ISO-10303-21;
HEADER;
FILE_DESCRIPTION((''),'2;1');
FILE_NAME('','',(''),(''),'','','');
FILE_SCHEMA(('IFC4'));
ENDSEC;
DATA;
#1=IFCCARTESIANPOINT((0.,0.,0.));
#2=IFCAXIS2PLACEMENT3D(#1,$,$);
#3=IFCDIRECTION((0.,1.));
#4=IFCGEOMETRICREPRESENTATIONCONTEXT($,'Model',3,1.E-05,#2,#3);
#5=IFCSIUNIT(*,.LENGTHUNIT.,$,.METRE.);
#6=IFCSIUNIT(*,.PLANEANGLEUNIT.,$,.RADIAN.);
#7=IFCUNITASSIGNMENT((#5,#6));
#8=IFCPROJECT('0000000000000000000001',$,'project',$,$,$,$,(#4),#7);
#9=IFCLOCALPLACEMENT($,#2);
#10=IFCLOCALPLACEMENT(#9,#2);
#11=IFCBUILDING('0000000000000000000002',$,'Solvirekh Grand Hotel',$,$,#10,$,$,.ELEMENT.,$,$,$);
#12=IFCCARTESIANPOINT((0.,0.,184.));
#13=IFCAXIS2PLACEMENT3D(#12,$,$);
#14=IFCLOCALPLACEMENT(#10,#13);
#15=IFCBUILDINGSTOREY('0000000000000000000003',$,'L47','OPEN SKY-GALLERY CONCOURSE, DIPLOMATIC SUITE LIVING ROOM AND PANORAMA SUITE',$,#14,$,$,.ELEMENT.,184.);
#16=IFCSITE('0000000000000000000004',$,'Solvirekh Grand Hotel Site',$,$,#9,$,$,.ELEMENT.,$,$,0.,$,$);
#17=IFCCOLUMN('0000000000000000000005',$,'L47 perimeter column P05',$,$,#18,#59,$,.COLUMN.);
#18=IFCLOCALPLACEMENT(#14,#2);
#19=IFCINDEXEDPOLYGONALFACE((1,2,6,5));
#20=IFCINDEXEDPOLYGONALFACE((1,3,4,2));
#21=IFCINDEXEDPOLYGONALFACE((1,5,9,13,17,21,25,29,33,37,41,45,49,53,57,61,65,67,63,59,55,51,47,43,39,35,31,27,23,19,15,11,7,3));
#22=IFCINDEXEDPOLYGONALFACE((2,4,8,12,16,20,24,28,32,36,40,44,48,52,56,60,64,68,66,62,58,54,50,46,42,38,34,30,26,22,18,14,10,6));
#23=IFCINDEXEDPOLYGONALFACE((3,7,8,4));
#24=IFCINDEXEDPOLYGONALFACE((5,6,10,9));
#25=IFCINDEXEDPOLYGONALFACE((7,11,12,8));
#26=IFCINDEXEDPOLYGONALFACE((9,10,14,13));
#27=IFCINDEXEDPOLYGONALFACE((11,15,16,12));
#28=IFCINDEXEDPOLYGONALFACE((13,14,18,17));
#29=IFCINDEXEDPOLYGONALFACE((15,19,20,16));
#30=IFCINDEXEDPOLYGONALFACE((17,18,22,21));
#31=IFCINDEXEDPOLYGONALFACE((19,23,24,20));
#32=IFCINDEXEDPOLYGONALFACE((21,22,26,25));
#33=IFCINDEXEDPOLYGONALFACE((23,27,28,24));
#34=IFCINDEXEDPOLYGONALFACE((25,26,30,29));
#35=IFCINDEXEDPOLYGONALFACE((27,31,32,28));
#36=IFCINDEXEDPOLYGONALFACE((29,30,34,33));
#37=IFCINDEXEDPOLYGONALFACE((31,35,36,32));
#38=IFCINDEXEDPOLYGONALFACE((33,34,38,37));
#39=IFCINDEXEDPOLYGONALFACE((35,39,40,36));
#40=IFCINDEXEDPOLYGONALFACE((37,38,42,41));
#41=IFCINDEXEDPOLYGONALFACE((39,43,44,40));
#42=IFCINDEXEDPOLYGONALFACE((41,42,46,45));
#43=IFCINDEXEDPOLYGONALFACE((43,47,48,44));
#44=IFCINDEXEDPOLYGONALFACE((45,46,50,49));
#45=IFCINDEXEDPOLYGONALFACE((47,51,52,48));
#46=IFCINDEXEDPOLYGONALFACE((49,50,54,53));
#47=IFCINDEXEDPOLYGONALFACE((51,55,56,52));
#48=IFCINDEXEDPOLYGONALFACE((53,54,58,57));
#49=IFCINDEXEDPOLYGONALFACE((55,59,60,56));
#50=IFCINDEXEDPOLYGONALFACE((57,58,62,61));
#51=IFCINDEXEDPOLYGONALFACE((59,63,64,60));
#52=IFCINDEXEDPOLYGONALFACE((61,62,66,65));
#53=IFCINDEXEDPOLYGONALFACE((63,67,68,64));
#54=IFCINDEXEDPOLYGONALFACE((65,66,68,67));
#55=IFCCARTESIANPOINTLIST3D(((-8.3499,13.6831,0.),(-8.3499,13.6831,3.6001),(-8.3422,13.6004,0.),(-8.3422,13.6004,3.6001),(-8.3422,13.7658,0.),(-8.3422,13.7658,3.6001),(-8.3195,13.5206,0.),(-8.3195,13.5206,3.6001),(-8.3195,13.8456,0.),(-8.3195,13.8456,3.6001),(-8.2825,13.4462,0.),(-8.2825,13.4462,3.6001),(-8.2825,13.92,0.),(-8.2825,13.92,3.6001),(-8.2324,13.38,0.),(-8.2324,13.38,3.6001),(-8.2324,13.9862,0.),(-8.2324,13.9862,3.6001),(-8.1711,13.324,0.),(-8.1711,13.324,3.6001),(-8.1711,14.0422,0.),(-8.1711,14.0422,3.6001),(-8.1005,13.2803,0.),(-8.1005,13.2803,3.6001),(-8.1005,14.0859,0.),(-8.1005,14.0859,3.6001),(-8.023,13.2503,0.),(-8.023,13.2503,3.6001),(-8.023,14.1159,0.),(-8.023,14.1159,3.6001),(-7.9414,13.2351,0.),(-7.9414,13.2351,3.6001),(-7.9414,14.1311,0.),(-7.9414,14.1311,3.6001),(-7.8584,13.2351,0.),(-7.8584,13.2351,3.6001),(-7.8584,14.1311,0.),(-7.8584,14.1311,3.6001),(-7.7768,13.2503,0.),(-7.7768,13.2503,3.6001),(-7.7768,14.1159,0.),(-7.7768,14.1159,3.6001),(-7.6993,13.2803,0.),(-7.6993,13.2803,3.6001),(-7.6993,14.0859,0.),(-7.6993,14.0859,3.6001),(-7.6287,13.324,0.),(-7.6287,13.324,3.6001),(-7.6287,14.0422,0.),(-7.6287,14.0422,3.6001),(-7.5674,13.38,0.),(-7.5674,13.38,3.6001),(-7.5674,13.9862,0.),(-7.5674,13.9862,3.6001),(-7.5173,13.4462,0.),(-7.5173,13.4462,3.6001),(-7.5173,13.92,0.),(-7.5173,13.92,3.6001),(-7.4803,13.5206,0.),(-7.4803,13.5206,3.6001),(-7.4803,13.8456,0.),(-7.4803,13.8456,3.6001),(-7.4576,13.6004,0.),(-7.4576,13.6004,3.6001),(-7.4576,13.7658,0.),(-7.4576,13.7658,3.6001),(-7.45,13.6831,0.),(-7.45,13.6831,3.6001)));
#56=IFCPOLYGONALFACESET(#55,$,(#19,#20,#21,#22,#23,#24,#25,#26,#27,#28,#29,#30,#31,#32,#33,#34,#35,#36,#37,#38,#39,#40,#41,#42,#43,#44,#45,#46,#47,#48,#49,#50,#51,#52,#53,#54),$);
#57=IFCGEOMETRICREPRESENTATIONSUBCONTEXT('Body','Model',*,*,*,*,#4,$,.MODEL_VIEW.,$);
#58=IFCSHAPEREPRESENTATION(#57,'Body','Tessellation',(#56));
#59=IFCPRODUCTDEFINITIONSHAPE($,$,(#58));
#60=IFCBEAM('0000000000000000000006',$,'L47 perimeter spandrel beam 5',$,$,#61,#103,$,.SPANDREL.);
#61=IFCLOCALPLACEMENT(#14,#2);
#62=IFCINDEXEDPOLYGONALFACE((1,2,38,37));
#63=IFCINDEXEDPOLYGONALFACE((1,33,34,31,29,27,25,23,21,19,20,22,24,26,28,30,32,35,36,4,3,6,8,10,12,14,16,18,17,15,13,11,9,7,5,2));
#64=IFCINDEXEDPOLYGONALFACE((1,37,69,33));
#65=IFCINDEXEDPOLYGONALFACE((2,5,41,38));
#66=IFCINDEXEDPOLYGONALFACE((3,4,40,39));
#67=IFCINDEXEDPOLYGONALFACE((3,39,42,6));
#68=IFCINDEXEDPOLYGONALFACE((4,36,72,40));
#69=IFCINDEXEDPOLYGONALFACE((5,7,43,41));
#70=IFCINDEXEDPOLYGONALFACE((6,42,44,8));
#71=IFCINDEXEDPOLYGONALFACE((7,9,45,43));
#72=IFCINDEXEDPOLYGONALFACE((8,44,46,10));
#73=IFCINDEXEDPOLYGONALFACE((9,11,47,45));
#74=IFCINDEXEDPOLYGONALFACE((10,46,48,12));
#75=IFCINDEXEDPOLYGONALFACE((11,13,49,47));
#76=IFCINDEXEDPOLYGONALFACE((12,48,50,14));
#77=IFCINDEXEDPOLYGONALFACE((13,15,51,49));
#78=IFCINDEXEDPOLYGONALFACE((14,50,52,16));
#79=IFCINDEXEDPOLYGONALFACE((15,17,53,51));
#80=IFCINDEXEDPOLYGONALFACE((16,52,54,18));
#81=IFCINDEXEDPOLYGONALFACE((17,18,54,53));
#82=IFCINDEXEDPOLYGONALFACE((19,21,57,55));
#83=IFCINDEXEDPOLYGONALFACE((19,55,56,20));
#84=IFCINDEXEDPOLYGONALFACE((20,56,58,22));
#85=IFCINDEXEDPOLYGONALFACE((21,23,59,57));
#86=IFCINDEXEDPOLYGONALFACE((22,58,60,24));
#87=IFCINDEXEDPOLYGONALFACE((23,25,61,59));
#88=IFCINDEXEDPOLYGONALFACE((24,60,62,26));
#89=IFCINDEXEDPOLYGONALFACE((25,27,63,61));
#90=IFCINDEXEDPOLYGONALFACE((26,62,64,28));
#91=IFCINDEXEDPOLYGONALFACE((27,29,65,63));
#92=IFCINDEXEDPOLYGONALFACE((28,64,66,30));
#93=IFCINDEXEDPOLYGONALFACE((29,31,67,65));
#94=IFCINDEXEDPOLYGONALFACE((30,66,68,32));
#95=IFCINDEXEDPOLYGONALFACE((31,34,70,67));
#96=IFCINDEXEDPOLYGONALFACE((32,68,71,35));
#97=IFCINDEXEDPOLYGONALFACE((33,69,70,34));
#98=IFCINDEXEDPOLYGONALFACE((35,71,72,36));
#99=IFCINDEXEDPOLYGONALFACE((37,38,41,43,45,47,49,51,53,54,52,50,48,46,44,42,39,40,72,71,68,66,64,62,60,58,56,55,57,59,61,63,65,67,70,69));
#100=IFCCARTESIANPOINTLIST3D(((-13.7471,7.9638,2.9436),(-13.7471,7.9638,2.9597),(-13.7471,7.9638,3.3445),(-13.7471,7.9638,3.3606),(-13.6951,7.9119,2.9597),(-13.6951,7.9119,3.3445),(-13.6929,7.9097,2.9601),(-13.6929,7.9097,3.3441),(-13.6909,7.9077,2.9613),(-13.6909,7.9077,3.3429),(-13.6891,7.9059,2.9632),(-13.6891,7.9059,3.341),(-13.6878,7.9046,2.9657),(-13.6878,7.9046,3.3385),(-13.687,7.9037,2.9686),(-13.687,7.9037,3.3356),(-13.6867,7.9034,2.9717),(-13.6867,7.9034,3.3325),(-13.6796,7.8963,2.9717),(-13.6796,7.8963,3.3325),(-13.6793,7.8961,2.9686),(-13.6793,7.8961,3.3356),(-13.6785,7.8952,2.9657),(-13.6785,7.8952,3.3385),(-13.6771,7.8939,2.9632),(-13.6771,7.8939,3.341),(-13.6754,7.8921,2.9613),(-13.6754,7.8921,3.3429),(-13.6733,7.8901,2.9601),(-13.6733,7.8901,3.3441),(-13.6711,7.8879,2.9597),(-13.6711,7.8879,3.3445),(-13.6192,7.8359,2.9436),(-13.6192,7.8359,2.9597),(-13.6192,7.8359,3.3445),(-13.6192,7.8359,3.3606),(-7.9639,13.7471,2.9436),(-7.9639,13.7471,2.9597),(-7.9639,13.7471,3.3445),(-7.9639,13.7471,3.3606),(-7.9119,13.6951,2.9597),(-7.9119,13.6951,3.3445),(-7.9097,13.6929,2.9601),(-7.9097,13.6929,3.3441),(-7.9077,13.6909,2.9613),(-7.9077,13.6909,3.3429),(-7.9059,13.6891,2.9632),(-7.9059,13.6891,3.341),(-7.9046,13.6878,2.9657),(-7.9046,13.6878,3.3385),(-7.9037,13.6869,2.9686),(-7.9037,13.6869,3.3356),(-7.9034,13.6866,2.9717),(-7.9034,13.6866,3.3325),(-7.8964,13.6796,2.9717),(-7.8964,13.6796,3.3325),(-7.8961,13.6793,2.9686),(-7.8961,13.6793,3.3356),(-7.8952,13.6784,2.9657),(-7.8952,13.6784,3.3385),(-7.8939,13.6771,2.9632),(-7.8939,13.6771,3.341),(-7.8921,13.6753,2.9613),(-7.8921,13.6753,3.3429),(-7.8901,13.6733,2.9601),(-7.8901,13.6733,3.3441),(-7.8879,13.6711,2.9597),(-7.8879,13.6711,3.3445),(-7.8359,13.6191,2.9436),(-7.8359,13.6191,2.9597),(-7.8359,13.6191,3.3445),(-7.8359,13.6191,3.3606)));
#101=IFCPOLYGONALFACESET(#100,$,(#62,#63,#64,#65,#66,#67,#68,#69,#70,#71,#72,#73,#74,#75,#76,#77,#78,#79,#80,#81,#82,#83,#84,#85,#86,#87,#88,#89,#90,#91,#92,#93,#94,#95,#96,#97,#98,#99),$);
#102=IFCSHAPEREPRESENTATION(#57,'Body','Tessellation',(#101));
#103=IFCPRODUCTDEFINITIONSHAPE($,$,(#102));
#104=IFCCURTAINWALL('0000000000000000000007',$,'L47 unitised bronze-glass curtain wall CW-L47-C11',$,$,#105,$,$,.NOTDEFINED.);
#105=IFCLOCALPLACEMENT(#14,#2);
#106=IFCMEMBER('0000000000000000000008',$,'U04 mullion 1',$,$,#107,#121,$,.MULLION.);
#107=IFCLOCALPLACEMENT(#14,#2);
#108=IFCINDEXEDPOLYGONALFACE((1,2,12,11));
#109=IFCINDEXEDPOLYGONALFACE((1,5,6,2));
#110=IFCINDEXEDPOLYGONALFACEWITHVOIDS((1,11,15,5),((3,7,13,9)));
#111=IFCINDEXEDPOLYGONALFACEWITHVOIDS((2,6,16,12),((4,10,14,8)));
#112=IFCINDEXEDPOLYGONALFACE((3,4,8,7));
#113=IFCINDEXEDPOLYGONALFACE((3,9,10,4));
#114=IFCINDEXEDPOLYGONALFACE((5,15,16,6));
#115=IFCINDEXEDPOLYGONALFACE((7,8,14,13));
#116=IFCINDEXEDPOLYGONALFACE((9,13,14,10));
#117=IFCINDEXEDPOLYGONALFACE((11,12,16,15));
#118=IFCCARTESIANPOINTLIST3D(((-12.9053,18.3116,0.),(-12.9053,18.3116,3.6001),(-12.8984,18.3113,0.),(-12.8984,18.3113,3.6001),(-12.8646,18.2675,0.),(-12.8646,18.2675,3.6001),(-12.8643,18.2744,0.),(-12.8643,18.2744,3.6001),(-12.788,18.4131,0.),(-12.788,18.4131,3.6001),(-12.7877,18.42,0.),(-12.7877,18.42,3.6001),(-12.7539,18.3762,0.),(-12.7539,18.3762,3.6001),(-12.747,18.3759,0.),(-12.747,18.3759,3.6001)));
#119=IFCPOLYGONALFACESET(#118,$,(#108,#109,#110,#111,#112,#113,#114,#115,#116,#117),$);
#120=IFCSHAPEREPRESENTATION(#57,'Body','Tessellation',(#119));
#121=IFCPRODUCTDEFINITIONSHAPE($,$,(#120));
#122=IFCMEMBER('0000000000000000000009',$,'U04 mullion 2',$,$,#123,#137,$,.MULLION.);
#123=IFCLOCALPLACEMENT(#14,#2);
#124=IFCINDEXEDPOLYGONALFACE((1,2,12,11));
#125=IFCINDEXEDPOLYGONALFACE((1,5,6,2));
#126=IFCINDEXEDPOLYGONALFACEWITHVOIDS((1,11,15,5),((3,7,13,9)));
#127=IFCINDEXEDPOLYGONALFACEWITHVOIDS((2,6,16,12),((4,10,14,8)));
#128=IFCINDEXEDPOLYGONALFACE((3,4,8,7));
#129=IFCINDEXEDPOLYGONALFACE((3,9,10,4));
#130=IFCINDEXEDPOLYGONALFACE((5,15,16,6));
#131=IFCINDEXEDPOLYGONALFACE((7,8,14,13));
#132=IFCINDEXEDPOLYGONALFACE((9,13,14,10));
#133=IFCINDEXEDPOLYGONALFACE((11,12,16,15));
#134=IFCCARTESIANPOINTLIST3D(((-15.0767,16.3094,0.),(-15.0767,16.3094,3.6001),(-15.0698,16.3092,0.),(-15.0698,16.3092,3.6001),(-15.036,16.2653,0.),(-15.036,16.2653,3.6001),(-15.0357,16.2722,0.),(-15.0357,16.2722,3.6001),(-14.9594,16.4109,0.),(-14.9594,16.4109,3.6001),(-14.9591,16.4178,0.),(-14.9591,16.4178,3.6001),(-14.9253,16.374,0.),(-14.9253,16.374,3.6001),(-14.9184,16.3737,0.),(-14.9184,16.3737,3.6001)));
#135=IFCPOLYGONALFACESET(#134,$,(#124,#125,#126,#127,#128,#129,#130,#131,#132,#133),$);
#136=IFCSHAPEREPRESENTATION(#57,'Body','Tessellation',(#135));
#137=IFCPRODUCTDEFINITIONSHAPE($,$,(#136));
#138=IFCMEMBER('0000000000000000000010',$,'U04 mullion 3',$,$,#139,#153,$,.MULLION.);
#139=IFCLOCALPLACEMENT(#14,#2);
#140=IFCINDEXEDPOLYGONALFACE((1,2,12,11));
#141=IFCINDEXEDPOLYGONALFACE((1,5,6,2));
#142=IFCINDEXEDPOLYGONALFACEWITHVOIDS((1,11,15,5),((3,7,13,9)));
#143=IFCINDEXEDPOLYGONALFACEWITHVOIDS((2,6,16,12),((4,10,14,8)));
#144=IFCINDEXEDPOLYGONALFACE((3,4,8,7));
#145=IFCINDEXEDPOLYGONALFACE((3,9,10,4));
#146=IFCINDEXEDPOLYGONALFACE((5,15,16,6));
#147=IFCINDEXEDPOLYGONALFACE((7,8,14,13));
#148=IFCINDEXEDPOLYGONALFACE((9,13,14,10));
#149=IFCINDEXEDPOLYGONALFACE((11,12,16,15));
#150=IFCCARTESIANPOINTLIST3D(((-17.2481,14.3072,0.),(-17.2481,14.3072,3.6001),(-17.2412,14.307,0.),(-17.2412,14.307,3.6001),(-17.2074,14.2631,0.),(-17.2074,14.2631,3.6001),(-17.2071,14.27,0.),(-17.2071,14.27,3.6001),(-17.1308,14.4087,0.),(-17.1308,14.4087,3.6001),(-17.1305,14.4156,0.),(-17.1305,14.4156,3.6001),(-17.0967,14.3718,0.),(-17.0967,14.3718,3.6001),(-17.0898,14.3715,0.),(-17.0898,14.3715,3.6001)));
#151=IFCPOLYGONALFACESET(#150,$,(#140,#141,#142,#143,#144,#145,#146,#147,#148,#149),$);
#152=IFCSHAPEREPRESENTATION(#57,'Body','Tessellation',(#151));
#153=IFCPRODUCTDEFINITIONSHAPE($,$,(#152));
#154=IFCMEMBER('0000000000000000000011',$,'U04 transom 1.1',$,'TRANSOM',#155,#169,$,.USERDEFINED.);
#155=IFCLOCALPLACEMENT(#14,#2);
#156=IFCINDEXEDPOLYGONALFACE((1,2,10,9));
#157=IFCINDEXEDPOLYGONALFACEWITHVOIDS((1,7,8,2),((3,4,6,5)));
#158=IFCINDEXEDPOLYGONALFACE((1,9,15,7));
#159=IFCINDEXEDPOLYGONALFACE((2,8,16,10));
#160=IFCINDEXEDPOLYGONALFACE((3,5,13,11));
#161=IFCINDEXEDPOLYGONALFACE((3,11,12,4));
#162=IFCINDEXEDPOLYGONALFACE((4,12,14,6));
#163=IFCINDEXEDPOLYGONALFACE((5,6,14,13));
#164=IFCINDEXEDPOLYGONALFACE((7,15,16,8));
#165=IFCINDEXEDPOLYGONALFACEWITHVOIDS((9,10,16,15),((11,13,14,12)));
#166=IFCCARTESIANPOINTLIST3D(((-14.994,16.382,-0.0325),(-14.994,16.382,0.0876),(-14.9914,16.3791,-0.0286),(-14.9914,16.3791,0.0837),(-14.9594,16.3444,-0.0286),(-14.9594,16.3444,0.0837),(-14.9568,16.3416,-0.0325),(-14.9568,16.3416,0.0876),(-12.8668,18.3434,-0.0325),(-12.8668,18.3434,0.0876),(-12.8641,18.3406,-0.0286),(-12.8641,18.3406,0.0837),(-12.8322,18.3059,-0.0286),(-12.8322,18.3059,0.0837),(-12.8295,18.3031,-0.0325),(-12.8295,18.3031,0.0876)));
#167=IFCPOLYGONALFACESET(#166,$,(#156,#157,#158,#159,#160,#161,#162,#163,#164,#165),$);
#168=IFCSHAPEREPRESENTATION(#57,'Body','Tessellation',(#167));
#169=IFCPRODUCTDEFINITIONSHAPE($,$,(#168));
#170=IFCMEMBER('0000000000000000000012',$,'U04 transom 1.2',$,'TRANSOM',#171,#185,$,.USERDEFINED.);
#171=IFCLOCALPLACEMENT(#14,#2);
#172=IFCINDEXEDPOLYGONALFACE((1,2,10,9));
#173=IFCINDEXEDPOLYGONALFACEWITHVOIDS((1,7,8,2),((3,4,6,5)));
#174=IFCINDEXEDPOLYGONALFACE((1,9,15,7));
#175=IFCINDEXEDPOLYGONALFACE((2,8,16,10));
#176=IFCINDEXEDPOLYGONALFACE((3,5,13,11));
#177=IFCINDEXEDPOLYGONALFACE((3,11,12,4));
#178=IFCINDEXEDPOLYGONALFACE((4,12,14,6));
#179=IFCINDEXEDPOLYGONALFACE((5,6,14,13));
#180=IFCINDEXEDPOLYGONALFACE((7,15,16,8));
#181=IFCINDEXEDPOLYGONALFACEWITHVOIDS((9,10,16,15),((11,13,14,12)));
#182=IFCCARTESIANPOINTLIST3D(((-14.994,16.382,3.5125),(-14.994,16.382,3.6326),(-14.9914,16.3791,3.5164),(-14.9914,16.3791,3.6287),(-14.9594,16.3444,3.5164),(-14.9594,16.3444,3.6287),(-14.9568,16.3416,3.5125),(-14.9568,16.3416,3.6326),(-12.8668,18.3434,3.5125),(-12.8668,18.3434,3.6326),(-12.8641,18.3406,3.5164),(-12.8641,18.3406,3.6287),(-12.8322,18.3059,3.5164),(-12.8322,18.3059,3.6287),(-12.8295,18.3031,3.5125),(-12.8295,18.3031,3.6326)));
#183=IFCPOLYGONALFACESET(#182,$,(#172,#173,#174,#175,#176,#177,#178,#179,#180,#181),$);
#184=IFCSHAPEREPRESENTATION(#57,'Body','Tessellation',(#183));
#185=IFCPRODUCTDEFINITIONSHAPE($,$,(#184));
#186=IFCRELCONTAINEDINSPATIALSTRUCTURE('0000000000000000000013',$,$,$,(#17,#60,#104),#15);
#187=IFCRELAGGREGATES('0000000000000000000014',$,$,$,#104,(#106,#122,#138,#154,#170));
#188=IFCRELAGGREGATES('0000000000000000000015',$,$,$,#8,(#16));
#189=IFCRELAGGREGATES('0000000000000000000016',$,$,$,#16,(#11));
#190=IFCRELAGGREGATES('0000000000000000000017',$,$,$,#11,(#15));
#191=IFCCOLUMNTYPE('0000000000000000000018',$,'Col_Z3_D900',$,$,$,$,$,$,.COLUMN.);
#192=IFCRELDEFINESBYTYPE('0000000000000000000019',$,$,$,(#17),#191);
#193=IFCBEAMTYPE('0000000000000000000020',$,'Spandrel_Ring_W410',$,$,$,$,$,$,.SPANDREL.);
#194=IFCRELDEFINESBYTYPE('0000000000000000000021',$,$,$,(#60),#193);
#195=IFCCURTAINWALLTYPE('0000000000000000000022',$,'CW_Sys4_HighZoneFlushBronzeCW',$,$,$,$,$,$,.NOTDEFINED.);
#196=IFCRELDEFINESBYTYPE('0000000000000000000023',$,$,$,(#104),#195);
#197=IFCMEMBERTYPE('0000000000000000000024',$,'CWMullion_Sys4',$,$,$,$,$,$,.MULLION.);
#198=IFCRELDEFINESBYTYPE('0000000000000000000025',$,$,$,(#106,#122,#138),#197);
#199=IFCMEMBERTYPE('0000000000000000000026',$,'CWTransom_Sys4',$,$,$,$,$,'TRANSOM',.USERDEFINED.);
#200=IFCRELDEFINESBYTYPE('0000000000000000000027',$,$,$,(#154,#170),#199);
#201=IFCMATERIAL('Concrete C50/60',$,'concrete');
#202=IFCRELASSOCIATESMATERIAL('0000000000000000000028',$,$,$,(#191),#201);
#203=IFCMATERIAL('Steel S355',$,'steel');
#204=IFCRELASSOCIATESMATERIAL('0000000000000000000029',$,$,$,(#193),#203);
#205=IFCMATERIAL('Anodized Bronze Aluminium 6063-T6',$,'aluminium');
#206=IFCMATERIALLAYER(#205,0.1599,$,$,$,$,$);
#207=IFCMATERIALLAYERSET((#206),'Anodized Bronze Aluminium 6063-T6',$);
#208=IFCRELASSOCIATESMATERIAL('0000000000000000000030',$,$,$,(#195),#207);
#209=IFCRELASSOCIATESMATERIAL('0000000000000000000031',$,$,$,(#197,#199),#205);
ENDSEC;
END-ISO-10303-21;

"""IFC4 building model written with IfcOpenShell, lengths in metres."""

from ifc_helpers import new_model, si_unit, direction, frame, origin, origin_2d, place, context, subcontext, project, spatial, hollow_rectangle, circle, i_section, extrude, source, transform, mapped, material, layer, layer_set, material_profile, profile_set, type_object, element, aggregate, save


model = new_model("IFC4")

# Units and contexts
model_context = context("Model", 3, precision=1e-05, world=origin(), true_north=direction((0.0, 1.0)))
body_context = subcontext(model_context, "Body", "Model", "MODEL_VIEW")
ifc_project = project(units=[si_unit("LENGTHUNIT", "METRE"), si_unit("PLANEANGLEUNIT", "RADIAN")], contexts=[model_context])

# Site, building, storey
site_placement = place(None, origin())
site = spatial("IfcSite", under=ifc_project, at=site_placement, Name="Solvirekh Grand Hotel Site", CompositionType="ELEMENT", RefElevation=0.0)
building_placement = place(site_placement, origin())
building = spatial("IfcBuilding", under=site, at=building_placement, Name="Solvirekh Grand Hotel", CompositionType="ELEMENT")
storey_placement = place(building_placement, frame((0.0, 0.0, 184.0)))
storey = spatial("IfcBuildingStorey", under=building, at=storey_placement, Name="L47", Description="OPEN SKY-GALLERY CONCOURSE, DIPLOMATIC SUITE LIVING ROOM AND PANORAMA SUITE", CompositionType="ELEMENT", Elevation=184.0)

# Column
ifc_material_1 = material(Name="Concrete C50/60", Category="concrete")
ifc_material_profile_1 = material_profile(ifc_material_1, circle(Radius=0.45, at=origin_2d()), Name="RC CIRC D900")
ifc_profile_set_1 = profile_set([ifc_material_profile_1], Name="Concrete C50/60")
column_type = type_object("IfcColumnType", Name="Col_Z3_D900", PredefinedType="COLUMN", material=ifc_profile_set_1)
column_placement = place(storey_placement, frame((-7.8999, 13.6831, 0.0), z_axis=(0.0, 0.0, 1.0), x_axis=(1.0, 0.0, 0.0)))
element("IfcColumn", 1, at=column_placement, inside=storey, type_object=column_type, Name="L47 perimeter column P05", PredefinedType="COLUMN", context=body_context, shape_type="SweptSolid", body=[
    extrude(circle(Radius=0.45, at=origin_2d()), origin(), (0.0, 0.0, 1.0), 3.6001),
])

# Beam
ifc_material_2 = material(Name="Steel S355", Category="steel")
ifc_material_profile_2 = material_profile(ifc_material_2, i_section(OverallWidth=0.1809, OverallDepth=0.417, WebThickness=0.01, FlangeThickness=0.0161, FilletRadius=0.012, at=origin_2d()), Name="W410X85")
ifc_profile_set_2 = profile_set([ifc_material_profile_2], Name="Steel S355")
beam_type = type_object("IfcBeamType", Name="Spandrel_Ring_W410", PredefinedType="SPANDREL", material=ifc_profile_set_2)
beam_placement = place(storey_placement, frame((-7.8999, 13.6831, 3.1521), z_axis=(-0.707107, -0.707107, 0.0), x_axis=(0.707107, -0.707107, 0.0)))
element("IfcBeam", 2, at=beam_placement, inside=storey, type_object=beam_type, Name="L47 perimeter spandrel beam 5", PredefinedType="SPANDREL", context=body_context, shape_type="SweptSolid", body=[
    extrude(i_section(OverallWidth=0.1809, OverallDepth=0.417, WebThickness=0.01, FlangeThickness=0.0161, FilletRadius=0.012, at=origin_2d()), origin(), (0.0, 0.0, 1.0), 8.1787),
])

# Curtain wall, members
ifc_material_3 = material(Name="Anodized Bronze Aluminium 6063-T6", Category="aluminium")
ifc_layer_1 = layer(ifc_material_3, 0.1599)
ifc_layer_set_1 = layer_set([ifc_layer_1], Name="Anodized Bronze Aluminium 6063-T6")
curtain_wall_type = type_object("IfcCurtainWallType", Name="CW_Sys4_HighZoneFlushBronzeCW", PredefinedType="NOTDEFINED", material=ifc_layer_set_1)
curtain_wall_placement = place(storey_placement, origin())
curtain_wall = element("IfcCurtainWall", 3, at=curtain_wall_placement, inside=storey, type_object=curtain_wall_type, Name="L47 unitised bronze-glass curtain wall CW-L47-C11", PredefinedType="NOTDEFINED")
ifc_material_profile_3 = material_profile(ifc_material_3, hollow_rectangle(XDim=0.0601, YDim=0.1599, WallThickness=0.0049, at=origin_2d()), Name="ALU RHS 160X60X5")
ifc_profile_set_3 = profile_set([ifc_material_profile_3], Name="Anodized Bronze Aluminium 6063-T6")
member_type_1 = type_object("IfcMemberType", Name="CWMullion_Sys4", PredefinedType="MULLION", material=ifc_profile_set_3)
shared_shape_1 = source(origin(), body_context, "Body", "SweptSolid", [
    extrude(hollow_rectangle(XDim=0.0601, YDim=0.1599, WallThickness=0.0049, at=origin_2d()), origin(), (0.0, 0.0, 1.0), 3.6001),
])
member_1_placement = place(storey_placement, frame((-12.8262, 18.3438, 0.0), z_axis=(0.0, 0.0, 1.0), x_axis=(0.677869, -0.735182, 0.0)))
member_1 = element("IfcMember", 4, at=member_1_placement, type_object=member_type_1, Name="U04 mullion 1", PredefinedType="MULLION", context=body_context, shape_type="MappedRepresentation", body=[
    mapped(shared_shape_1, transform((0.0, 0.0, 0.0), x_axis=(1.0, 0.0, 0.0), y_axis=(0.0, 1.0, 0.0), z_axis=(0.0, 0.0, 1.0), scale=1.0)),
])
member_2_placement = place(storey_placement, frame((-14.9976, 16.3416, 0.0), z_axis=(0.0, 0.0, 1.0), x_axis=(0.677869, -0.735182, 0.0)))
member_2 = element("IfcMember", 5, at=member_2_placement, type_object=member_type_1, Name="U04 mullion 2", PredefinedType="MULLION", context=body_context, shape_type="MappedRepresentation", body=[
    mapped(shared_shape_1, transform((0.0, 0.0, 0.0), x_axis=(1.0, 0.0, 0.0), y_axis=(0.0, 1.0, 0.0), z_axis=(0.0, 0.0, 1.0), scale=1.0)),
])
member_3_placement = place(storey_placement, frame((-17.1689, 14.3394, 0.0), z_axis=(0.0, 0.0, 1.0), x_axis=(0.677869, -0.735182, 0.0)))
member_3 = element("IfcMember", 6, at=member_3_placement, type_object=member_type_1, Name="U04 mullion 3", PredefinedType="MULLION", context=body_context, shape_type="MappedRepresentation", body=[
    mapped(shared_shape_1, transform((0.0, 0.0, 0.0), x_axis=(1.0, 0.0, 0.0), y_axis=(0.0, 1.0, 0.0), z_axis=(0.0, 0.0, 1.0), scale=1.0)),
])
ifc_material_profile_4 = material_profile(ifc_material_3, hollow_rectangle(XDim=0.0549, YDim=0.1201, WallThickness=0.0039, at=origin_2d()), Name="ALU RHS 120X55X4")
ifc_profile_set_4 = profile_set([ifc_material_profile_4], Name="Anodized Bronze Aluminium 6063-T6")
member_type_2 = type_object("IfcMemberType", Name="CWTransom_Sys4", ElementType="TRANSOM", PredefinedType="USERDEFINED", material=ifc_profile_set_4)
shared_shape_2 = source(origin(), body_context, "Body", "SweptSolid", [
    extrude(hollow_rectangle(XDim=0.0549, YDim=0.1201, WallThickness=0.0039, at=origin_2d()), origin(), (0.0, 0.0, 1.0), 2.8936),
])
member_4_placement = place(storey_placement, frame((-12.8481, 18.3232, 0.0276), z_axis=(-0.735172, -0.67788, 0.0), x_axis=(0.67788, -0.735172, 0.0)))
member_4 = element("IfcMember", 7, at=member_4_placement, type_object=member_type_2, Name="U04 transom 1.1", ObjectType="TRANSOM", PredefinedType="USERDEFINED", context=body_context, shape_type="MappedRepresentation", body=[
    mapped(shared_shape_2, transform((0.0, 0.0, 0.0), x_axis=(1.0, 0.0, 0.0), y_axis=(0.0, 1.0, 0.0), z_axis=(0.0, 0.0, 1.0), scale=1.0)),
])
member_5_placement = place(storey_placement, frame((-12.8481, 18.3232, 3.5725), z_axis=(-0.735172, -0.67788, 0.0), x_axis=(0.67788, -0.735172, 0.0)))
member_5 = element("IfcMember", 8, at=member_5_placement, type_object=member_type_2, Name="U04 transom 1.2", ObjectType="TRANSOM", PredefinedType="USERDEFINED", context=body_context, shape_type="MappedRepresentation", body=[
    mapped(shared_shape_2, transform((0.0, 0.0, 0.0), x_axis=(1.0, 0.0, 0.0), y_axis=(0.0, 1.0, 0.0), z_axis=(0.0, 0.0, 1.0), scale=1.0)),
])
aggregate(curtain_wall, [member_1, member_2, member_3, member_4, member_5])

save(model, "model.ifc")
